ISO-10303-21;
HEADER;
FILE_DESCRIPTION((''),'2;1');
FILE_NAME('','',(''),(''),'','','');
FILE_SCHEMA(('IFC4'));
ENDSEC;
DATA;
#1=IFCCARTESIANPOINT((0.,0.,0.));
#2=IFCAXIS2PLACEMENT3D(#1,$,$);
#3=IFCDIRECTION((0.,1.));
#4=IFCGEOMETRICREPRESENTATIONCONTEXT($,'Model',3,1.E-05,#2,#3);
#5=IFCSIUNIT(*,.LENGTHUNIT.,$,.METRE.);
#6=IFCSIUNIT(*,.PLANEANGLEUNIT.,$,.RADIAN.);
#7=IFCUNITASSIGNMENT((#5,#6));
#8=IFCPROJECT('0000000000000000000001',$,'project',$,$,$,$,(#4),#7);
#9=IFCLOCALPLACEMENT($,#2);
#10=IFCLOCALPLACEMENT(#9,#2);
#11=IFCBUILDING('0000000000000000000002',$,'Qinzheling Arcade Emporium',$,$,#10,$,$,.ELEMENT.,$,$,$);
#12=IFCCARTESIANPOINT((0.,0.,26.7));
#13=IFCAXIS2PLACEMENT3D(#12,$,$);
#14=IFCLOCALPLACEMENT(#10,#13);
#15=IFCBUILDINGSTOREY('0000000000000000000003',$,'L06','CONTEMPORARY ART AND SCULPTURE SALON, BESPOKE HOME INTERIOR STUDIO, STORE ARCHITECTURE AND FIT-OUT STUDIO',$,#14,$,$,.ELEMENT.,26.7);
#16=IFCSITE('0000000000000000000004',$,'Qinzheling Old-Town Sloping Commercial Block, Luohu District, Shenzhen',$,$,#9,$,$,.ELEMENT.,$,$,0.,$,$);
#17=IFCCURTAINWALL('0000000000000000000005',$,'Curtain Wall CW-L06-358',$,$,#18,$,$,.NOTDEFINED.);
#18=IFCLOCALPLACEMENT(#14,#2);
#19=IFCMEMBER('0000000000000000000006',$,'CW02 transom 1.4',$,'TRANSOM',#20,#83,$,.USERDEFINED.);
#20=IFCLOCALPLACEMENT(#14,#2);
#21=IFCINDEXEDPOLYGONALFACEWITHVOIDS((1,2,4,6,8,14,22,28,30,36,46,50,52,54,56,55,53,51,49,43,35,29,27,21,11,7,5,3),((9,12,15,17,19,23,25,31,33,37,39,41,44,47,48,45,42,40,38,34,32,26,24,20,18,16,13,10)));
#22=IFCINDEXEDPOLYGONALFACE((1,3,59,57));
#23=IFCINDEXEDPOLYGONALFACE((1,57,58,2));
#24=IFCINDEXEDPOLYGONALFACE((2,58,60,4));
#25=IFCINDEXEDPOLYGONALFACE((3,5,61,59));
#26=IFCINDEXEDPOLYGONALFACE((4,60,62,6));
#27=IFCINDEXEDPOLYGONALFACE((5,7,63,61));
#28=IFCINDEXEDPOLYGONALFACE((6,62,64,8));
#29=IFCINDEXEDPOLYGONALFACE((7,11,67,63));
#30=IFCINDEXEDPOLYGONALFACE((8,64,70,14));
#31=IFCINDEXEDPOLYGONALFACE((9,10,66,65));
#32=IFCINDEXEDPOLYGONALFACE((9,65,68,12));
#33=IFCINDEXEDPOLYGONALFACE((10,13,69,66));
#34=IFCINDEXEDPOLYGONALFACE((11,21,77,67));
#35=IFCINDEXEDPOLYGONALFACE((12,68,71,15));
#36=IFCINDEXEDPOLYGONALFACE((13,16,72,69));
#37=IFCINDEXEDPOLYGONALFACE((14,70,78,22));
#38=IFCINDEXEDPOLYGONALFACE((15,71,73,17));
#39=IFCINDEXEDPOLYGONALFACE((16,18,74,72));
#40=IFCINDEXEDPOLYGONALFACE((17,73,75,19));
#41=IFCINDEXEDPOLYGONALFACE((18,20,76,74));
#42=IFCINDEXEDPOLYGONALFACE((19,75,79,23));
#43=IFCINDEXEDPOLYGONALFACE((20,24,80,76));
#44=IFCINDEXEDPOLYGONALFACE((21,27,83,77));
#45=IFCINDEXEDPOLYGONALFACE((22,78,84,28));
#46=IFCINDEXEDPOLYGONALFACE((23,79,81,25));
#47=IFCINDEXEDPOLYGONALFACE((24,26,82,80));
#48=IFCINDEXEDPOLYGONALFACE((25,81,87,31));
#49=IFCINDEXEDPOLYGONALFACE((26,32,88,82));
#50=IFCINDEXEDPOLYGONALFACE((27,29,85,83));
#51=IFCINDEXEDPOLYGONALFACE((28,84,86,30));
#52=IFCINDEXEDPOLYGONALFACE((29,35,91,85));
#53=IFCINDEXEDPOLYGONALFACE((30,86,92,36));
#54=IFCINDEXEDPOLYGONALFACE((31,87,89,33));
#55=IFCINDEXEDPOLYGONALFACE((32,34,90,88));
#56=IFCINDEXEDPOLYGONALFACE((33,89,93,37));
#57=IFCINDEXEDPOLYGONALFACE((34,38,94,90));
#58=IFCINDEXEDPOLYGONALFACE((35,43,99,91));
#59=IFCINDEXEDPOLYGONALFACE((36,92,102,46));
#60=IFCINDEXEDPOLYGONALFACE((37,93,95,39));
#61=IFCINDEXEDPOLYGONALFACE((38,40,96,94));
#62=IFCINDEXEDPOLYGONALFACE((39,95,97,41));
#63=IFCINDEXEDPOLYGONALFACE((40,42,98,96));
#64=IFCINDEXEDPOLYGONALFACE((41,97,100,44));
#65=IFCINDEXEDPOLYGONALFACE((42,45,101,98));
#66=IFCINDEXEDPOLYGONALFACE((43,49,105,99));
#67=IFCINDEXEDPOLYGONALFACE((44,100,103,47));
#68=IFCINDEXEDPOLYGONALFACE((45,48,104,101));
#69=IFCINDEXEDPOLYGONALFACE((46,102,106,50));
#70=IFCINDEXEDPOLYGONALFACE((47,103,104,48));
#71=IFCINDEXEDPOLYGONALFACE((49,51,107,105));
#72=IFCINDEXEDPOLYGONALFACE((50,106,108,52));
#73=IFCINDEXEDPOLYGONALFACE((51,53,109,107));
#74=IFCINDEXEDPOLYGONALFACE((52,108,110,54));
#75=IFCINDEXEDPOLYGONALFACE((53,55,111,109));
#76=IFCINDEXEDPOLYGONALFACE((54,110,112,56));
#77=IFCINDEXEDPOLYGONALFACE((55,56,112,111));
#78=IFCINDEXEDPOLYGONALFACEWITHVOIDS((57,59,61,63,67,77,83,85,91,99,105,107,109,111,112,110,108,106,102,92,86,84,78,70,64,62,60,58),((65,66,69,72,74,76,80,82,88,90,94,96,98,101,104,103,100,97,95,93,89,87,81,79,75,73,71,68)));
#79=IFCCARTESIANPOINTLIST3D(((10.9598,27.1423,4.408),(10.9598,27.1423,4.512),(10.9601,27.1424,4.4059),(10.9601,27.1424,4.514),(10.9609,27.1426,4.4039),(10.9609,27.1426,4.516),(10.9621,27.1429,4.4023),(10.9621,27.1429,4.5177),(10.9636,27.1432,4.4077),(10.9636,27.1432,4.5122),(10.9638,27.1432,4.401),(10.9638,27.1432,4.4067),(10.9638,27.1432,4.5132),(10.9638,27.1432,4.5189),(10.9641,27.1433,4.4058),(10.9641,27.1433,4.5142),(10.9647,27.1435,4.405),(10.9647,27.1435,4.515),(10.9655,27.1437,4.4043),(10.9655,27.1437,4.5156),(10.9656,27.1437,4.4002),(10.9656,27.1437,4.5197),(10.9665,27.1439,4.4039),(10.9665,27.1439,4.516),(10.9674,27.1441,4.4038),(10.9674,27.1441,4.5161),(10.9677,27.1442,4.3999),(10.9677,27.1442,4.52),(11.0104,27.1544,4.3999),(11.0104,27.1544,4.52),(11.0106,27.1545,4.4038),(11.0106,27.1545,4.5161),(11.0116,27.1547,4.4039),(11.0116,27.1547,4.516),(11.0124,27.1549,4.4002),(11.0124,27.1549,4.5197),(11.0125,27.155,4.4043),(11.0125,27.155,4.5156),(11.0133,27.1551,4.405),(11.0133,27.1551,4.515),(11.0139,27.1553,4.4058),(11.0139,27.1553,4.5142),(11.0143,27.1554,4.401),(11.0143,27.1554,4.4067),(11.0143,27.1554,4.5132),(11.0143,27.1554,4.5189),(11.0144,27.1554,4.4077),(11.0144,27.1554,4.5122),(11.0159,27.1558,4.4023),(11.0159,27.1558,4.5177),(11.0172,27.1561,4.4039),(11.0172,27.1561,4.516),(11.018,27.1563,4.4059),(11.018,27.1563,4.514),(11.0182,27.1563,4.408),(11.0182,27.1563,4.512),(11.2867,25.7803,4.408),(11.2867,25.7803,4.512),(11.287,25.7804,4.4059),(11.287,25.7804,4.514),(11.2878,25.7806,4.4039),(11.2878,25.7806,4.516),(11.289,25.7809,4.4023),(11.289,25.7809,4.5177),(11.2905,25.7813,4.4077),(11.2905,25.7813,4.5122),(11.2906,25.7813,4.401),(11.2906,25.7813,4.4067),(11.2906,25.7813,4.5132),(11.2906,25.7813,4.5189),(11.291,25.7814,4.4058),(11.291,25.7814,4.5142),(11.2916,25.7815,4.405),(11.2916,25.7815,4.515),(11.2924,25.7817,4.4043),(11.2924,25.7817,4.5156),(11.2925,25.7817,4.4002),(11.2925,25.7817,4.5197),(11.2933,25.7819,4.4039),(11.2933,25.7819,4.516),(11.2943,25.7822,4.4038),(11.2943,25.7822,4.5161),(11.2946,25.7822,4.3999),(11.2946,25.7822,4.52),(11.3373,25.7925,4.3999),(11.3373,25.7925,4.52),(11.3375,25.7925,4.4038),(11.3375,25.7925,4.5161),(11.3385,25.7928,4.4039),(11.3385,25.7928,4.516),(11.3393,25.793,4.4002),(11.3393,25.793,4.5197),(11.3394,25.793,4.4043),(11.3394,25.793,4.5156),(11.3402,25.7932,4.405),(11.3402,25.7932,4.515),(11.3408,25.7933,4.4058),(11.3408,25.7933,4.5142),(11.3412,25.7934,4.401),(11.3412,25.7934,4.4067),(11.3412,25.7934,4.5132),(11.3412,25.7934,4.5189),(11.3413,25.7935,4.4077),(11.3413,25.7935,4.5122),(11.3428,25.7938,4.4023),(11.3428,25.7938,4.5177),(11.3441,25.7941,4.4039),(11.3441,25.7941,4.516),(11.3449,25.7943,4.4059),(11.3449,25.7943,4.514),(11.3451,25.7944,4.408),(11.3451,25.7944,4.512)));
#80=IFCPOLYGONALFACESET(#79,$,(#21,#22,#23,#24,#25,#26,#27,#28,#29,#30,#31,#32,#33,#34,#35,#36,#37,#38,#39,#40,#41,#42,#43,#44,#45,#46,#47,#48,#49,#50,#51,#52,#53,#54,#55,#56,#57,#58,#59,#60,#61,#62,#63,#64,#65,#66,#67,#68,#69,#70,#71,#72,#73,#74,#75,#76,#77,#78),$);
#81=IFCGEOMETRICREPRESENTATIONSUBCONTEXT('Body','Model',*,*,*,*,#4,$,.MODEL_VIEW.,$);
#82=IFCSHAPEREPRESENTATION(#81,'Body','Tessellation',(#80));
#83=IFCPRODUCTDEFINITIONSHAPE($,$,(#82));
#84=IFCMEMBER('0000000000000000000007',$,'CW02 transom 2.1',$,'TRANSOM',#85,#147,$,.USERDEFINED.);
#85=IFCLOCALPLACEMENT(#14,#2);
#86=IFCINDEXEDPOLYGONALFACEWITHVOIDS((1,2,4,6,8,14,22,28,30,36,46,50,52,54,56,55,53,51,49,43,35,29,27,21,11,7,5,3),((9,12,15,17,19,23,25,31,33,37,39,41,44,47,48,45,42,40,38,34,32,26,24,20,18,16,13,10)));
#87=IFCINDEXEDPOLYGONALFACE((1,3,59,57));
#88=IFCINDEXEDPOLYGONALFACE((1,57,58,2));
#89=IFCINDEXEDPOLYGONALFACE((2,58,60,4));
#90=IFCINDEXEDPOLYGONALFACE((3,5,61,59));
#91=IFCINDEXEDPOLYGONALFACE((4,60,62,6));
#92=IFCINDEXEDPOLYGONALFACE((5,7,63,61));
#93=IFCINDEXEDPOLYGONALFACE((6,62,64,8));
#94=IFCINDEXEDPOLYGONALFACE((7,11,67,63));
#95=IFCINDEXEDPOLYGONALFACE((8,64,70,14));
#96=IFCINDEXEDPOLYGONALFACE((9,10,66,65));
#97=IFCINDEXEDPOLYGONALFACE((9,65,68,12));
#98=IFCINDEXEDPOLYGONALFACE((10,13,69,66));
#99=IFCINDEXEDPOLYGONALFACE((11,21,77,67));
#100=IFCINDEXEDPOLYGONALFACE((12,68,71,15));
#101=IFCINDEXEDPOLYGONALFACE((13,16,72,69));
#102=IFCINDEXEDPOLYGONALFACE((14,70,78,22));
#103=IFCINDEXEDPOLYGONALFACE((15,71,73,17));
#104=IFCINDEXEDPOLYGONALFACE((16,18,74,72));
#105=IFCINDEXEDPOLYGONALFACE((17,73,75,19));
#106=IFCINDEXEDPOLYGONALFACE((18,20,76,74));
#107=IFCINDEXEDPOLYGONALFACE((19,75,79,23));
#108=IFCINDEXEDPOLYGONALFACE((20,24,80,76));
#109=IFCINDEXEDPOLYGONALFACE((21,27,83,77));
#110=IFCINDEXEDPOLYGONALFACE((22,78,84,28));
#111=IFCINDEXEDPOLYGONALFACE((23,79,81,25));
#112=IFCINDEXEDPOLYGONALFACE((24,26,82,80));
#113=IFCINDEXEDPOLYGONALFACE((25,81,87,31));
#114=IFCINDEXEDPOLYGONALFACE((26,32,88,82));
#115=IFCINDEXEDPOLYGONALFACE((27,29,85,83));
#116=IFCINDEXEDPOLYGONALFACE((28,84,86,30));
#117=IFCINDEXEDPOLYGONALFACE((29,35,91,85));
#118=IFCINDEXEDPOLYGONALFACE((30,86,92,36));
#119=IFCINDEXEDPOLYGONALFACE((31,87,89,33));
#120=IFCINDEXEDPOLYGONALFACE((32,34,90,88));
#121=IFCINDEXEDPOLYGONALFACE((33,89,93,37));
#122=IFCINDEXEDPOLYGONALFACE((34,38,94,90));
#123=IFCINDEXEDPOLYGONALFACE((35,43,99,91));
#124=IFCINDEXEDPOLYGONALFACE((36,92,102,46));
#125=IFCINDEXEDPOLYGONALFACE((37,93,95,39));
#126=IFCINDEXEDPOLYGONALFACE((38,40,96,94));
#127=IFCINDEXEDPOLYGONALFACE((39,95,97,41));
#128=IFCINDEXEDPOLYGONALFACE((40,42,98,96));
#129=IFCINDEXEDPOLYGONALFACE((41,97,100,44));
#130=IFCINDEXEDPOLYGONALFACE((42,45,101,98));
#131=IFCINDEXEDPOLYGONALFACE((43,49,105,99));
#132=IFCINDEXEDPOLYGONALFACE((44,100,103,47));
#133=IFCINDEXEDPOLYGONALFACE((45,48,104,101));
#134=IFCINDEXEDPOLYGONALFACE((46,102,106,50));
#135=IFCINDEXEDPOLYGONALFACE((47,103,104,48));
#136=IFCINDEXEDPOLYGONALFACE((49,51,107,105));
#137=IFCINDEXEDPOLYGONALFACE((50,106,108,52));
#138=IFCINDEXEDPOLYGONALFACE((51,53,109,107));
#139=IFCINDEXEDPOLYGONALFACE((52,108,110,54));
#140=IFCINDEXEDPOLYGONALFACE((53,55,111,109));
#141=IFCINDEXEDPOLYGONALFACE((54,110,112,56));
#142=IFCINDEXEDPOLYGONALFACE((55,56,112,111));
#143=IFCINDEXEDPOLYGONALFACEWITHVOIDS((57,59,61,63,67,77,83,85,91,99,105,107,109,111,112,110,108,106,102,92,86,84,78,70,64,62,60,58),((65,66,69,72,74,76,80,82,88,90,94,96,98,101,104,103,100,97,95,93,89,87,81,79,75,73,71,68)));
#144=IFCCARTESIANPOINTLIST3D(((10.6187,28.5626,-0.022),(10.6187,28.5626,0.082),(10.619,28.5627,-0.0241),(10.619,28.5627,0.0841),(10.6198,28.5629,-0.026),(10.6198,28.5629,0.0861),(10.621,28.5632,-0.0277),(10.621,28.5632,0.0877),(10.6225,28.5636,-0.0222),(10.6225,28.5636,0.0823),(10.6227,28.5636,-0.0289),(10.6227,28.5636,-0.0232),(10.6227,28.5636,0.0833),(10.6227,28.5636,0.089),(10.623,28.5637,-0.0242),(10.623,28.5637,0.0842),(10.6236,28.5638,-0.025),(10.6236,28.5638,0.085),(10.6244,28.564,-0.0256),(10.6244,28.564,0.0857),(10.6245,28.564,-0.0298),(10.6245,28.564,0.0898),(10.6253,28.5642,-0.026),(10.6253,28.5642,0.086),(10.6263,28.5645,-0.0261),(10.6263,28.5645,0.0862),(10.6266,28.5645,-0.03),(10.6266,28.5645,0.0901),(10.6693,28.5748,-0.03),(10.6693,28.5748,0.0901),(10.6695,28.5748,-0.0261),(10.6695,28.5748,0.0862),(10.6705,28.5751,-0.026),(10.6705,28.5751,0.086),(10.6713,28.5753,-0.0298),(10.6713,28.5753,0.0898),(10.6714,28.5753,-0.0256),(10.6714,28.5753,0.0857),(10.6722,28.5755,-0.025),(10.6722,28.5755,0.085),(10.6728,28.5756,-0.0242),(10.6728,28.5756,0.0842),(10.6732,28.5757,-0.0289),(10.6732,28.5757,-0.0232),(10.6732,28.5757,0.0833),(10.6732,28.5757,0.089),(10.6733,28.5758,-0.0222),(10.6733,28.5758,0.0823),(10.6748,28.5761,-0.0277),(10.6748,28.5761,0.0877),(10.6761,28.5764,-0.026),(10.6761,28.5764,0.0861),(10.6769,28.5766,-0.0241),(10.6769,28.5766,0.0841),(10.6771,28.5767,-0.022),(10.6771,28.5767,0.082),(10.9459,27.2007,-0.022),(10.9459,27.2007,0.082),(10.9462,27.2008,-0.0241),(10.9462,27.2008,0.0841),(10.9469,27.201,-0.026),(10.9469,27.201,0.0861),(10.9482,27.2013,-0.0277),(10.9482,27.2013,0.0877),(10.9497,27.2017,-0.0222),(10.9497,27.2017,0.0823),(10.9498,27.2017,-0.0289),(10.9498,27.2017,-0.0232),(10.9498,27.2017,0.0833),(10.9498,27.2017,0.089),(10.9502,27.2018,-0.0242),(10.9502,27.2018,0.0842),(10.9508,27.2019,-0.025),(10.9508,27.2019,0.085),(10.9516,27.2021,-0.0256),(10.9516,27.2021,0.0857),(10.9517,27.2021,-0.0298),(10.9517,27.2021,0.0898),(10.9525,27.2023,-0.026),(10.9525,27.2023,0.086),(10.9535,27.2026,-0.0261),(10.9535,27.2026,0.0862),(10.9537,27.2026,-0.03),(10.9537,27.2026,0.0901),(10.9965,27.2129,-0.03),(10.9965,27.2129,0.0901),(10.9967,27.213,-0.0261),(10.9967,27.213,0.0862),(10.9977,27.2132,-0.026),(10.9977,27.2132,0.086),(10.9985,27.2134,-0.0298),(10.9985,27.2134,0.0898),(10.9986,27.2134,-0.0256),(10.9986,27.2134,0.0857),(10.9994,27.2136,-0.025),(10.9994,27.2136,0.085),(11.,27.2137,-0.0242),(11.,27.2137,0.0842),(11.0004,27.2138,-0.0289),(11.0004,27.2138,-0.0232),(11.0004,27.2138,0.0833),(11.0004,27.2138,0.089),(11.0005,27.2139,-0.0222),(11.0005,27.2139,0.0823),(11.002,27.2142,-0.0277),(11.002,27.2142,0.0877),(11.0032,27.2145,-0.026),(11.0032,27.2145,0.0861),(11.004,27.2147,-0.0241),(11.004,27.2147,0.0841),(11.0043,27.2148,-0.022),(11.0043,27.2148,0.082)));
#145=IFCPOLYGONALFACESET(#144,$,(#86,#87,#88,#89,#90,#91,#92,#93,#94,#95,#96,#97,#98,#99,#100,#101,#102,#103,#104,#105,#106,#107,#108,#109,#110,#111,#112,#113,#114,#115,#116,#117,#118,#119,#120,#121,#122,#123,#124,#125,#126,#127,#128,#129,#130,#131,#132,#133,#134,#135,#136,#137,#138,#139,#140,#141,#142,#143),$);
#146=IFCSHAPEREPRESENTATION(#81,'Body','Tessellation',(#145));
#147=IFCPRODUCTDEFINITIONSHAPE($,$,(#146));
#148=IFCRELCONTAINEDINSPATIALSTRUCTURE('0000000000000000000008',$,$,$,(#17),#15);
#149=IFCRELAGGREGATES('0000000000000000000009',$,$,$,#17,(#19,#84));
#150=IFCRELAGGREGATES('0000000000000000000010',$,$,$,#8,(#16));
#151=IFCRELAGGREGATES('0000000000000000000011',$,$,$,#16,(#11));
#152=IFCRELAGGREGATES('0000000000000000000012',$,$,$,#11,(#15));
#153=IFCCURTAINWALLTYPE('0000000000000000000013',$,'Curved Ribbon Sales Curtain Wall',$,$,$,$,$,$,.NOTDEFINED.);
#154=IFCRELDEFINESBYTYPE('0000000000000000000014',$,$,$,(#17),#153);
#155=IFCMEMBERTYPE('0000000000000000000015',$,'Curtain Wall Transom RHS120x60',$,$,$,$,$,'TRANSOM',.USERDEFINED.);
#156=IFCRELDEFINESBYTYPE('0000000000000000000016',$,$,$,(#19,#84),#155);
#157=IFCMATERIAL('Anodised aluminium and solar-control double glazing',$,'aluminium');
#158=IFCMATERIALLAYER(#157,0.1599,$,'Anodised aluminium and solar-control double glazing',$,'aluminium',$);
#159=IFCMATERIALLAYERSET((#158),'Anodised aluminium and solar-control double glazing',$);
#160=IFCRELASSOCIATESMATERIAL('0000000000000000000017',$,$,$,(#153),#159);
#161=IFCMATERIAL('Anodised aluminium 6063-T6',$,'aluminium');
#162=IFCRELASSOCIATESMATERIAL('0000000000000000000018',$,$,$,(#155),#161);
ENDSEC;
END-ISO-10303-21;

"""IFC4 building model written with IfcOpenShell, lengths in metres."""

from ifc_helpers import new_model, si_unit, direction, frame, origin, origin_2d, place, context, subcontext, project, spatial, hollow_rectangle, extrude, material, layer, layer_set, material_profile, profile_set, type_object, element, aggregate, save


model = new_model("IFC4")

# Units and contexts
model_context = context("Model", 3, precision=1e-05, world=origin(), true_north=direction((0.0, 1.0)))
body_context = subcontext(model_context, "Body", "Model", "MODEL_VIEW")
ifc_project = project(units=[si_unit("LENGTHUNIT", "METRE"), si_unit("PLANEANGLEUNIT", "RADIAN")], contexts=[model_context])

# Site, building, storey
site_placement = place(None, origin())
site = spatial("IfcSite", under=ifc_project, at=site_placement, Name="Qinzheling Old-Town Sloping Commercial Block, Luohu District, Shenzhen", CompositionType="ELEMENT", RefElevation=0.0)
building_placement = place(site_placement, origin())
building = spatial("IfcBuilding", under=site, at=building_placement, Name="Qinzheling Arcade Emporium", CompositionType="ELEMENT")
storey_placement = place(building_placement, frame((0.0, 0.0, 26.7)))
storey = spatial("IfcBuildingStorey", under=building, at=storey_placement, Name="L06", Description="CONTEMPORARY ART AND SCULPTURE SALON, BESPOKE HOME INTERIOR STUDIO, STORE ARCHITECTURE AND FIT-OUT STUDIO", CompositionType="ELEMENT", Elevation=26.7)

# Shared definitions
ifc_material_1 = material(Name="Anodised aluminium and solar-control double glazing", Category="aluminium")
ifc_layer_1 = layer(ifc_material_1, 0.1599, Name="Anodised aluminium and solar-control double glazing", Category="aluminium")
ifc_layer_set_1 = layer_set([ifc_layer_1], Name="Anodised aluminium and solar-control double glazing")
curtain_wall_type = type_object("IfcCurtainWallType", Name="Curved Ribbon Sales Curtain Wall", PredefinedType="NOTDEFINED", material=ifc_layer_set_1)
ifc_material_2 = material(Name="Anodised aluminium 6063-T6", Category="aluminium")

# Curtain wall
curtain_wall_1_placement = place(storey_placement, origin())
curtain_wall_1 = element("IfcCurtainWall", 1, at=curtain_wall_1_placement, inside=storey, type_object=curtain_wall_type, Name="Curtain Wall CW-L06-358", PredefinedType="NOTDEFINED")

# Members
ifc_material_profile_1 = material_profile(ifc_material_2, hollow_rectangle(XDim=0.0601, YDim=0.1201, WallThickness=0.0039, InnerFilletRadius=0.0039, OuterFilletRadius=0.0081, at=origin_2d()), Name="RHS 120x60x4", Category="aluminium")
ifc_profile_set_1 = profile_set([ifc_material_profile_1], Name="Anodised aluminium 6063-T6")
member_type_1 = type_object("IfcMemberType", Name="Curtain Wall Transom RHS120x60", ElementType="TRANSOM", PredefinedType="USERDEFINED", material=ifc_profile_set_1)
member_1_placement = place(storey_placement, frame((11.3159, 25.7874, 4.46), z_axis=(-0.23338, 0.972386, 0.0), x_axis=(-0.972386, -0.23338, 0.0)))
member_1 = element("IfcMember", 2, at=member_1_placement, type_object=member_type_1, Name="CW02 transom 1.4", ObjectType="TRANSOM", PredefinedType="USERDEFINED", context=body_context, shape_type="SweptSolid", body=[
    extrude(hollow_rectangle(XDim=0.0601, YDim=0.1201, WallThickness=0.0039, InnerFilletRadius=0.0039, OuterFilletRadius=0.0081, at=origin_2d()), origin(), (0.0, 0.0, 1.0), 1.4006),
])
member_2_placement = place(storey_placement, frame((10.9751, 27.2078, 0.03), z_axis=(-0.233584, 0.972337, 0.0), x_axis=(-0.972337, -0.233584, 0.0)))
member_2 = element("IfcMember", 3, at=member_2_placement, type_object=member_type_1, Name="CW02 transom 2.1", ObjectType="TRANSOM", PredefinedType="USERDEFINED", context=body_context, shape_type="SweptSolid", body=[
    extrude(hollow_rectangle(XDim=0.0601, YDim=0.1201, WallThickness=0.0039, InnerFilletRadius=0.0039, OuterFilletRadius=0.0081, at=origin_2d()), origin(), (0.0, 0.0, 1.0), 1.4006),
])

aggregate(curtain_wall_1, [member_1, member_2])

save(model, "model.ifc")
